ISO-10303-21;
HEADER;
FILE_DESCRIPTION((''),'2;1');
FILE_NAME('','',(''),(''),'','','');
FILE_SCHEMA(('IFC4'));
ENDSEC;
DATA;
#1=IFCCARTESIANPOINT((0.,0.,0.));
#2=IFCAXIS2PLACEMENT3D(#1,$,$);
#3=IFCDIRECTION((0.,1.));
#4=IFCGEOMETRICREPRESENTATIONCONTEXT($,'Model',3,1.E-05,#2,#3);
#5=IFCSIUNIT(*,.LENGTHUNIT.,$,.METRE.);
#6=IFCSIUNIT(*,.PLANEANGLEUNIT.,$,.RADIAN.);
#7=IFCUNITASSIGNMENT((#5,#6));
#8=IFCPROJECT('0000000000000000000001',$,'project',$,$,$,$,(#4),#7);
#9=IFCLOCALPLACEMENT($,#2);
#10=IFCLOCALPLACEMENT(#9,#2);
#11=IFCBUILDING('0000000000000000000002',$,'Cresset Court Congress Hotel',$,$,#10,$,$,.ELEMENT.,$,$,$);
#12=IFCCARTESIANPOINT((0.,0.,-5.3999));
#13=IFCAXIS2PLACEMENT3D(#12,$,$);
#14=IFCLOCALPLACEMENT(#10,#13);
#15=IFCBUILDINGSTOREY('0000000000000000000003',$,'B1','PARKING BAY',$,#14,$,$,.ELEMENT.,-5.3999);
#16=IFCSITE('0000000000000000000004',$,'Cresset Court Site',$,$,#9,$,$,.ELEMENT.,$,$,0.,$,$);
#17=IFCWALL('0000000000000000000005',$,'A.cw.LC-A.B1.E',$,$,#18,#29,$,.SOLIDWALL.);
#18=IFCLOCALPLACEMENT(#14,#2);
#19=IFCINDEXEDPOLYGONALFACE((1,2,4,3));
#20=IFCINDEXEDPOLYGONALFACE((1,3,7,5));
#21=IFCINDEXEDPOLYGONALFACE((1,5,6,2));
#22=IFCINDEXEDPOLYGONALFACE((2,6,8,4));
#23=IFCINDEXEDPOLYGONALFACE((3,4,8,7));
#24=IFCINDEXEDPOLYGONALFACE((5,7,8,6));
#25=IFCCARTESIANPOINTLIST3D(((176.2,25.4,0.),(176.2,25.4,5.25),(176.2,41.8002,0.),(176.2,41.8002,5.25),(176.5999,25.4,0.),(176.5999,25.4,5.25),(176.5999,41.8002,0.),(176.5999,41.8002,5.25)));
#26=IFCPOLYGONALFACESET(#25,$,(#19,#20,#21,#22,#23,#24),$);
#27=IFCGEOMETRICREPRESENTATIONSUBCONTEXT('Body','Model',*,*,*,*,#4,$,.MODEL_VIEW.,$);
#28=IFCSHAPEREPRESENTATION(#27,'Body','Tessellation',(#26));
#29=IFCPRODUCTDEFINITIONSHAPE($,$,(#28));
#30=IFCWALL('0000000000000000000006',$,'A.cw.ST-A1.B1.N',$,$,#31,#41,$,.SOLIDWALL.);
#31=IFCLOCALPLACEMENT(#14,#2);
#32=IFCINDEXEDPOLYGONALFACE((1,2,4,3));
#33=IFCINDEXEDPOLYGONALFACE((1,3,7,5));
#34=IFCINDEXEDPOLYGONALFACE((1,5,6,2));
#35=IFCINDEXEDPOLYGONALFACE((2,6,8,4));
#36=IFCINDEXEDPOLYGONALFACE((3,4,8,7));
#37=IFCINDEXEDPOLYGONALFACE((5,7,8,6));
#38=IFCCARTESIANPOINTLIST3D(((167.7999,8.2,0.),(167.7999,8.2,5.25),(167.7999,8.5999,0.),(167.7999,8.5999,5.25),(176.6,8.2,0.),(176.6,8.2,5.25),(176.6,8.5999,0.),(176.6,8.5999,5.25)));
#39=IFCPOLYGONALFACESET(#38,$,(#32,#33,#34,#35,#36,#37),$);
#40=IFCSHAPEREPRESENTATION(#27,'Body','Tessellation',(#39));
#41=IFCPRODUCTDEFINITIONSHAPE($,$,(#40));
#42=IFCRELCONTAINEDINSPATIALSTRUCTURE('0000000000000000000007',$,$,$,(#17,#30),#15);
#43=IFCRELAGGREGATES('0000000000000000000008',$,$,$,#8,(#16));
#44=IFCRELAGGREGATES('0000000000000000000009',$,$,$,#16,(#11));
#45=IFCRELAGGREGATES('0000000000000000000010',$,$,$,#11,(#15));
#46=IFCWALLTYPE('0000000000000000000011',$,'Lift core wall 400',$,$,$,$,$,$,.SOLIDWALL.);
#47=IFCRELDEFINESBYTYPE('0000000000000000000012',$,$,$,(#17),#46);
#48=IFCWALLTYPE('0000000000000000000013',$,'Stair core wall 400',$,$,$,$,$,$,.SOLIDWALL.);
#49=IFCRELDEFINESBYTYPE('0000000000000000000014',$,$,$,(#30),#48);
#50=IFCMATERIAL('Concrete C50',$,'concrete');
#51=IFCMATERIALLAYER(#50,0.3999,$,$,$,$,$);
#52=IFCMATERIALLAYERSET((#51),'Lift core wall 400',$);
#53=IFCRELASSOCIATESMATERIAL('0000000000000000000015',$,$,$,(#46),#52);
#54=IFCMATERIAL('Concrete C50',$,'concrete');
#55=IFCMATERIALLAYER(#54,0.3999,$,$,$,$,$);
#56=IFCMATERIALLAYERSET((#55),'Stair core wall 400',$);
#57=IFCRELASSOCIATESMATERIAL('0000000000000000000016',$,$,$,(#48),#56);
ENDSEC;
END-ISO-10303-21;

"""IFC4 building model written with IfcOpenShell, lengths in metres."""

from ifc_helpers import new_model, si_unit, direction, frame, frame_2d, origin, place, context, subcontext, project, spatial, rectangle, extrude, material, layer, layer_set, type_object, element, save


model = new_model("IFC4")

# Units and contexts
model_context = context("Model", 3, precision=1e-05, world=origin(), true_north=direction((0.0, 1.0)))
body_context = subcontext(model_context, "Body", "Model", "MODEL_VIEW")
ifc_project = project(units=[si_unit("LENGTHUNIT", "METRE"), si_unit("PLANEANGLEUNIT", "RADIAN")], contexts=[model_context])

# Site, building, storey
site_placement = place(None, origin())
site = spatial("IfcSite", under=ifc_project, at=site_placement, Name="Cresset Court Site", CompositionType="ELEMENT", RefElevation=0.0)
building_placement = place(site_placement, origin())
building = spatial("IfcBuilding", under=site, at=building_placement, Name="Cresset Court Congress Hotel", CompositionType="ELEMENT")
storey_placement = place(building_placement, frame((0.0, 0.0, -5.3999)))
storey = spatial("IfcBuildingStorey", under=building, at=storey_placement, Name="B1", Description="PARKING BAY", CompositionType="ELEMENT", Elevation=-5.3999)

# Walls
ifc_material_1 = material(Name="Concrete C50", Category="concrete")
ifc_layer_1 = layer(ifc_material_1, 0.3999)
ifc_layer_set_1 = layer_set([ifc_layer_1], Name="Lift core wall 400")
wall_type_1 = type_object("IfcWallType", Name="Lift core wall 400", PredefinedType="SOLIDWALL", material=ifc_layer_set_1)
for number, where, z_axis, x_axis, name in (
    (1, (176.3999, 25.3999, 0.0), (0.0, 0.0, 1.0), (0.0, 1.0, 0.0), "A.cw.LC-A.B1.E"),
):
    element("IfcWall", number, at=place(storey_placement, frame(where, z_axis=z_axis, x_axis=x_axis)), inside=storey, type_object=wall_type_1, Name=name, PredefinedType="SOLIDWALL", context=body_context, shape_type="SweptSolid", body=[
        extrude(rectangle(XDim=16.4001, YDim=0.3999, at=frame_2d((8.2002, 0.0))), origin(), (0.0, 0.0, 1.0), 5.25),
    ])
ifc_material_2 = material(Name="Concrete C50", Category="concrete")
ifc_layer_2 = layer(ifc_material_2, 0.3999)
ifc_layer_set_2 = layer_set([ifc_layer_2], Name="Stair core wall 400")
wall_type_2 = type_object("IfcWallType", Name="Stair core wall 400", PredefinedType="SOLIDWALL", material=ifc_layer_set_2)
wall_1_placement = place(storey_placement, frame((167.8, 8.3999, 0.0), z_axis=(0.0, 0.0, 1.0), x_axis=(1.0, 0.0, 0.0)))
element("IfcWall", 2, at=wall_1_placement, inside=storey, type_object=wall_type_2, Name="A.cw.ST-A1.B1.N", PredefinedType="SOLIDWALL", context=body_context, shape_type="SweptSolid", body=[
    extrude(rectangle(XDim=8.8, YDim=0.3999, at=frame_2d((4.3999, 0.0))), origin(), (0.0, 0.0, 1.0), 5.25),
])

save(model, "model.ifc")
